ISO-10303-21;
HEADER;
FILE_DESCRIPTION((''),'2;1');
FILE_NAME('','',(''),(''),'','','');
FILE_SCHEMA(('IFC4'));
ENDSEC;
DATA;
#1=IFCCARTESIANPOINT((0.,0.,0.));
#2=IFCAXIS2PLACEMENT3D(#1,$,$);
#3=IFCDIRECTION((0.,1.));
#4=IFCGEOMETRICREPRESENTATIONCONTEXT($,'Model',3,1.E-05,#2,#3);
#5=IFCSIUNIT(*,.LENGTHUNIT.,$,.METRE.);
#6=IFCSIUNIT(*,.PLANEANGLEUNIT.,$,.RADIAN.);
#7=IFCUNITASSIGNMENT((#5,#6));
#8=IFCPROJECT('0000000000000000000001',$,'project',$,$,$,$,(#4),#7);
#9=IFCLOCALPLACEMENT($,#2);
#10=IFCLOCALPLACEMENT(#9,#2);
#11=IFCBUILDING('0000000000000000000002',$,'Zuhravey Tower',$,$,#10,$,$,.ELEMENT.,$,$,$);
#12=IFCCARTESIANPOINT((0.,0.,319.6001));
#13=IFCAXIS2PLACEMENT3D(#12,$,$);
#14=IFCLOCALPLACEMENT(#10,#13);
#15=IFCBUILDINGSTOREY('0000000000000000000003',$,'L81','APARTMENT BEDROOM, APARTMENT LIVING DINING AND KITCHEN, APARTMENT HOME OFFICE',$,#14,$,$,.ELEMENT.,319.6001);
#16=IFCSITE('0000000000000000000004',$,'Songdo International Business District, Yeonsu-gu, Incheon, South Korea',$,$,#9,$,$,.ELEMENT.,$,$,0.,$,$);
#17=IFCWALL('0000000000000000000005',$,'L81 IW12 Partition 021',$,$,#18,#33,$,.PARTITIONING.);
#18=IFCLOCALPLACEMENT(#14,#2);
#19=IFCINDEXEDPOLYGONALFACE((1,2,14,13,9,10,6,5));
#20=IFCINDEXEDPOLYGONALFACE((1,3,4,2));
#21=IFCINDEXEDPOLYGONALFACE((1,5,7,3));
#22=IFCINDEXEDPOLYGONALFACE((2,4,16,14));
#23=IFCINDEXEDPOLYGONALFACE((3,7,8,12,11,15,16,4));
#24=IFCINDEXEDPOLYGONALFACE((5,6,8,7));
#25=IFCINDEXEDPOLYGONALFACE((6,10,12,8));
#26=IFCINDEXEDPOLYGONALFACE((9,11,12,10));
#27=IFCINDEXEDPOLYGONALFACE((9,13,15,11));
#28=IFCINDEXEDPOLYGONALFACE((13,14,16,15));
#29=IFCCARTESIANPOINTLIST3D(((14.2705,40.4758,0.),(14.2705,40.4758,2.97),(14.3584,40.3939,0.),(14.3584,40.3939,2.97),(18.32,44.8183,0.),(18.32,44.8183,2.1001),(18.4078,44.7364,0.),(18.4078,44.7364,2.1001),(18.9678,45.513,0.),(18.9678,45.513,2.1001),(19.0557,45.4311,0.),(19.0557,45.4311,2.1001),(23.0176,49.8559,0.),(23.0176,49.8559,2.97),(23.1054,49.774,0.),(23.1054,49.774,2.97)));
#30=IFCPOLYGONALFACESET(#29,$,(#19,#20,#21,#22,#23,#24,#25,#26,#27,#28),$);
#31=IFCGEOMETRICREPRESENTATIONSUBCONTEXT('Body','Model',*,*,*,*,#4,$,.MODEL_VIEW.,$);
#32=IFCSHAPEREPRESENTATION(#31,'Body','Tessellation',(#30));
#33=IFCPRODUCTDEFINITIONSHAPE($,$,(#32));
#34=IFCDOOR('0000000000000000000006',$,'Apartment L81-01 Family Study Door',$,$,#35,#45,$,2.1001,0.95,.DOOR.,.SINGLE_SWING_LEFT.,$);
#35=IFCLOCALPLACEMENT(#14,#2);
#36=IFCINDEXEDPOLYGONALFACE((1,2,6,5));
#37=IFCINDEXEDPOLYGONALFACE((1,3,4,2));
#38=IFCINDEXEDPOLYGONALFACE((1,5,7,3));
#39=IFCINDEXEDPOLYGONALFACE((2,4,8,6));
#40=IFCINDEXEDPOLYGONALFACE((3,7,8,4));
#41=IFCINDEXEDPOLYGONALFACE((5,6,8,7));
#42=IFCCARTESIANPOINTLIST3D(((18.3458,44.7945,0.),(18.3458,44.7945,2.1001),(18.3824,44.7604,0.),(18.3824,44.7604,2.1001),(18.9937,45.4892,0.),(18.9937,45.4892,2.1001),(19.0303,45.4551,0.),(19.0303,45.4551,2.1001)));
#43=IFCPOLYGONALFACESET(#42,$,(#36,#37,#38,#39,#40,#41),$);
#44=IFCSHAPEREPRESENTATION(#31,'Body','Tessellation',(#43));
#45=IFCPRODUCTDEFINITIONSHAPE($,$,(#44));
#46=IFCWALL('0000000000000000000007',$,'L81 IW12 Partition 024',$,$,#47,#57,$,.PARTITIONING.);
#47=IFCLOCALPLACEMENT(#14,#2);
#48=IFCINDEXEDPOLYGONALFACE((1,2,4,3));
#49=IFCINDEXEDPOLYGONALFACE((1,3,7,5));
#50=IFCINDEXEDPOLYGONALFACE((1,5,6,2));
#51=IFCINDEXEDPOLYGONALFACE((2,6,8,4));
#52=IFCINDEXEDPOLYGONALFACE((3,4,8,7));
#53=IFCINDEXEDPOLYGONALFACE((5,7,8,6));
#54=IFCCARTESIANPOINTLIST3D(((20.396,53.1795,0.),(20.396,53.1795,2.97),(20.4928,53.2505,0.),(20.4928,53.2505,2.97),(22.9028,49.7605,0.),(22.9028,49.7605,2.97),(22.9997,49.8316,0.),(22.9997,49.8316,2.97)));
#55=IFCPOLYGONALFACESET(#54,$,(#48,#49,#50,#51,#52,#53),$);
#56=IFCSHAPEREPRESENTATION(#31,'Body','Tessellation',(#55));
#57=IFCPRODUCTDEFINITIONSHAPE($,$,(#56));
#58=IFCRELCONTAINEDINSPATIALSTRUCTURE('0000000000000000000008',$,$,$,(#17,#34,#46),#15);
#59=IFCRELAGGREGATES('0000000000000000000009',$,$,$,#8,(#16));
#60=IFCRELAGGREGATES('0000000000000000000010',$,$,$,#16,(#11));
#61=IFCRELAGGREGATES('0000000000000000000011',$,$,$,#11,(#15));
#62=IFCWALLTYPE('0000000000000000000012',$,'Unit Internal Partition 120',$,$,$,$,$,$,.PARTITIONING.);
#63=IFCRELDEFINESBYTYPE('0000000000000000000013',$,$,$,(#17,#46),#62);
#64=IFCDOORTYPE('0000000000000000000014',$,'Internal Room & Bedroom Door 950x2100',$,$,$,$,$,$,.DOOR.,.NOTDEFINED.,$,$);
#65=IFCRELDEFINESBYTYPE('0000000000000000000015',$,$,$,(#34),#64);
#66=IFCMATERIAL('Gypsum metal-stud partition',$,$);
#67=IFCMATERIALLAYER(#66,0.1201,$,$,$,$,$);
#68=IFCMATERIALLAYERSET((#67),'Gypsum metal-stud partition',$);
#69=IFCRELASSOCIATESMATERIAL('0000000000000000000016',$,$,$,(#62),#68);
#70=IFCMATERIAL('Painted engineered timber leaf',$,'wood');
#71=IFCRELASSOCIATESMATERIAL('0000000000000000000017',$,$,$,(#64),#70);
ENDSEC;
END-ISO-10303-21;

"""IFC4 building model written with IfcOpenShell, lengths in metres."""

from ifc_helpers import new_model, si_unit, direction, frame, frame_2d, origin, place, context, subcontext, project, spatial, rectangle, extrude, material, layer, layer_set, type_object, element, fill, save


model = new_model("IFC4")

# Units and contexts
model_context = context("Model", 3, precision=1e-05, world=origin(), true_north=direction((0.0, 1.0)))
body_context = subcontext(model_context, "Body", "Model", "MODEL_VIEW")
ifc_project = project(units=[si_unit("LENGTHUNIT", "METRE"), si_unit("PLANEANGLEUNIT", "RADIAN")], contexts=[model_context])

# Site, building, storey
site_placement = place(None, origin())
site = spatial("IfcSite", under=ifc_project, at=site_placement, Name="Songdo International Business District, Yeonsu-gu, Incheon, South Korea", CompositionType="ELEMENT", RefElevation=0.0)
building_placement = place(site_placement, origin())
building = spatial("IfcBuilding", under=site, at=building_placement, Name="Zuhravey Tower", CompositionType="ELEMENT")
storey_placement = place(building_placement, frame((0.0, 0.0, 319.6001)))
storey = spatial("IfcBuildingStorey", under=building, at=storey_placement, Name="L81", Description="APARTMENT BEDROOM, APARTMENT LIVING DINING AND KITCHEN, APARTMENT HOME OFFICE", CompositionType="ELEMENT", Elevation=319.6001)

# Wall, opening, door
ifc_material_1 = material(Name="Gypsum metal-stud partition")
ifc_layer_1 = layer(ifc_material_1, 0.1201)
ifc_layer_set_1 = layer_set([ifc_layer_1], Name="Gypsum metal-stud partition")
wall_type_1 = type_object("IfcWallType", Name="Unit Internal Partition 120", PredefinedType="PARTITIONING", material=ifc_layer_set_1)
wall_1_placement = place(storey_placement, frame((23.0615, 49.8149, 0.0), z_axis=(0.0, 0.0, 1.0), x_axis=(-0.681997, -0.731355, 0.0)))
wall_1 = element("IfcWall", 1, at=wall_1_placement, inside=storey, type_object=wall_type_1, Name="L81 IW12 Partition 021", PredefinedType="PARTITIONING", context=body_context, shape_type="SweptSolid", body=[
    extrude(rectangle(XDim=12.8257, YDim=0.1201, at=frame_2d((6.4128, 0.0))), origin(), (0.0, 0.0, 1.0), 2.97),
])
opening_1_placement = place(wall_1_placement, frame((5.938, 0.0, 0.0)))
opening_1 = element("IfcOpeningElement", 2, at=opening_1_placement, cuts=wall_1, PredefinedType="OPENING", context=body_context, shape_type="SweptSolid", body=[
    extrude(rectangle(XDim=0.95, YDim=2.1001, at=frame_2d((0.4751, 1.05))), frame((0.0, 0.072, 0.0), z_axis=(0.0, -1.0, 0.0), x_axis=(1.0, 0.0, 0.0)), (0.0, 0.0, 1.0), 0.144),
])
ifc_material_2 = material(Name="Painted engineered timber leaf", Category="wood")
door_type_1 = type_object("IfcDoorType", Name="Internal Room & Bedroom Door 950x2100", OperationType="NOTDEFINED", PredefinedType="DOOR", material=ifc_material_2)
door_1_placement = place(opening_1_placement, frame((0.95, 0.0, 0.0), z_axis=(0.0, 0.0, 1.0), x_axis=(-1.0, 0.0, 0.0)))
door_1 = element("IfcDoor", 3, at=door_1_placement, inside=storey, type_object=door_type_1, Name="Apartment L81-01 Family Study Door", OperationType="SINGLE_SWING_LEFT", OverallHeight=2.1001, OverallWidth=0.95, PredefinedType="DOOR", context=body_context, shape_type="SweptSolid", body=[
    extrude(rectangle(XDim=0.95, YDim=2.1001, at=frame_2d((0.4751, 1.05))), frame((0.0, 0.0249, 0.0), z_axis=(0.0, -1.0, 0.0), x_axis=(1.0, 0.0, 0.0)), (0.0, 0.0, 1.0), 0.05),
])
fill(opening_1, door_1)

# Wall
wall_2_placement = place(storey_placement, frame((22.9512, 49.7961, 0.0), z_axis=(0.0, 0.0, 1.0), x_axis=(-0.591304, 0.806449, 0.0)))
element("IfcWall", 4, at=wall_2_placement, inside=storey, type_object=wall_type_1, Name="L81 IW12 Partition 024", PredefinedType="PARTITIONING", context=body_context, shape_type="SweptSolid", body=[
    extrude(rectangle(XDim=4.2395, YDim=0.1201, at=frame_2d((2.1196, 0.0))), origin(), (0.0, 0.0, 1.0), 2.97),
])

save(model, "model.ifc")
